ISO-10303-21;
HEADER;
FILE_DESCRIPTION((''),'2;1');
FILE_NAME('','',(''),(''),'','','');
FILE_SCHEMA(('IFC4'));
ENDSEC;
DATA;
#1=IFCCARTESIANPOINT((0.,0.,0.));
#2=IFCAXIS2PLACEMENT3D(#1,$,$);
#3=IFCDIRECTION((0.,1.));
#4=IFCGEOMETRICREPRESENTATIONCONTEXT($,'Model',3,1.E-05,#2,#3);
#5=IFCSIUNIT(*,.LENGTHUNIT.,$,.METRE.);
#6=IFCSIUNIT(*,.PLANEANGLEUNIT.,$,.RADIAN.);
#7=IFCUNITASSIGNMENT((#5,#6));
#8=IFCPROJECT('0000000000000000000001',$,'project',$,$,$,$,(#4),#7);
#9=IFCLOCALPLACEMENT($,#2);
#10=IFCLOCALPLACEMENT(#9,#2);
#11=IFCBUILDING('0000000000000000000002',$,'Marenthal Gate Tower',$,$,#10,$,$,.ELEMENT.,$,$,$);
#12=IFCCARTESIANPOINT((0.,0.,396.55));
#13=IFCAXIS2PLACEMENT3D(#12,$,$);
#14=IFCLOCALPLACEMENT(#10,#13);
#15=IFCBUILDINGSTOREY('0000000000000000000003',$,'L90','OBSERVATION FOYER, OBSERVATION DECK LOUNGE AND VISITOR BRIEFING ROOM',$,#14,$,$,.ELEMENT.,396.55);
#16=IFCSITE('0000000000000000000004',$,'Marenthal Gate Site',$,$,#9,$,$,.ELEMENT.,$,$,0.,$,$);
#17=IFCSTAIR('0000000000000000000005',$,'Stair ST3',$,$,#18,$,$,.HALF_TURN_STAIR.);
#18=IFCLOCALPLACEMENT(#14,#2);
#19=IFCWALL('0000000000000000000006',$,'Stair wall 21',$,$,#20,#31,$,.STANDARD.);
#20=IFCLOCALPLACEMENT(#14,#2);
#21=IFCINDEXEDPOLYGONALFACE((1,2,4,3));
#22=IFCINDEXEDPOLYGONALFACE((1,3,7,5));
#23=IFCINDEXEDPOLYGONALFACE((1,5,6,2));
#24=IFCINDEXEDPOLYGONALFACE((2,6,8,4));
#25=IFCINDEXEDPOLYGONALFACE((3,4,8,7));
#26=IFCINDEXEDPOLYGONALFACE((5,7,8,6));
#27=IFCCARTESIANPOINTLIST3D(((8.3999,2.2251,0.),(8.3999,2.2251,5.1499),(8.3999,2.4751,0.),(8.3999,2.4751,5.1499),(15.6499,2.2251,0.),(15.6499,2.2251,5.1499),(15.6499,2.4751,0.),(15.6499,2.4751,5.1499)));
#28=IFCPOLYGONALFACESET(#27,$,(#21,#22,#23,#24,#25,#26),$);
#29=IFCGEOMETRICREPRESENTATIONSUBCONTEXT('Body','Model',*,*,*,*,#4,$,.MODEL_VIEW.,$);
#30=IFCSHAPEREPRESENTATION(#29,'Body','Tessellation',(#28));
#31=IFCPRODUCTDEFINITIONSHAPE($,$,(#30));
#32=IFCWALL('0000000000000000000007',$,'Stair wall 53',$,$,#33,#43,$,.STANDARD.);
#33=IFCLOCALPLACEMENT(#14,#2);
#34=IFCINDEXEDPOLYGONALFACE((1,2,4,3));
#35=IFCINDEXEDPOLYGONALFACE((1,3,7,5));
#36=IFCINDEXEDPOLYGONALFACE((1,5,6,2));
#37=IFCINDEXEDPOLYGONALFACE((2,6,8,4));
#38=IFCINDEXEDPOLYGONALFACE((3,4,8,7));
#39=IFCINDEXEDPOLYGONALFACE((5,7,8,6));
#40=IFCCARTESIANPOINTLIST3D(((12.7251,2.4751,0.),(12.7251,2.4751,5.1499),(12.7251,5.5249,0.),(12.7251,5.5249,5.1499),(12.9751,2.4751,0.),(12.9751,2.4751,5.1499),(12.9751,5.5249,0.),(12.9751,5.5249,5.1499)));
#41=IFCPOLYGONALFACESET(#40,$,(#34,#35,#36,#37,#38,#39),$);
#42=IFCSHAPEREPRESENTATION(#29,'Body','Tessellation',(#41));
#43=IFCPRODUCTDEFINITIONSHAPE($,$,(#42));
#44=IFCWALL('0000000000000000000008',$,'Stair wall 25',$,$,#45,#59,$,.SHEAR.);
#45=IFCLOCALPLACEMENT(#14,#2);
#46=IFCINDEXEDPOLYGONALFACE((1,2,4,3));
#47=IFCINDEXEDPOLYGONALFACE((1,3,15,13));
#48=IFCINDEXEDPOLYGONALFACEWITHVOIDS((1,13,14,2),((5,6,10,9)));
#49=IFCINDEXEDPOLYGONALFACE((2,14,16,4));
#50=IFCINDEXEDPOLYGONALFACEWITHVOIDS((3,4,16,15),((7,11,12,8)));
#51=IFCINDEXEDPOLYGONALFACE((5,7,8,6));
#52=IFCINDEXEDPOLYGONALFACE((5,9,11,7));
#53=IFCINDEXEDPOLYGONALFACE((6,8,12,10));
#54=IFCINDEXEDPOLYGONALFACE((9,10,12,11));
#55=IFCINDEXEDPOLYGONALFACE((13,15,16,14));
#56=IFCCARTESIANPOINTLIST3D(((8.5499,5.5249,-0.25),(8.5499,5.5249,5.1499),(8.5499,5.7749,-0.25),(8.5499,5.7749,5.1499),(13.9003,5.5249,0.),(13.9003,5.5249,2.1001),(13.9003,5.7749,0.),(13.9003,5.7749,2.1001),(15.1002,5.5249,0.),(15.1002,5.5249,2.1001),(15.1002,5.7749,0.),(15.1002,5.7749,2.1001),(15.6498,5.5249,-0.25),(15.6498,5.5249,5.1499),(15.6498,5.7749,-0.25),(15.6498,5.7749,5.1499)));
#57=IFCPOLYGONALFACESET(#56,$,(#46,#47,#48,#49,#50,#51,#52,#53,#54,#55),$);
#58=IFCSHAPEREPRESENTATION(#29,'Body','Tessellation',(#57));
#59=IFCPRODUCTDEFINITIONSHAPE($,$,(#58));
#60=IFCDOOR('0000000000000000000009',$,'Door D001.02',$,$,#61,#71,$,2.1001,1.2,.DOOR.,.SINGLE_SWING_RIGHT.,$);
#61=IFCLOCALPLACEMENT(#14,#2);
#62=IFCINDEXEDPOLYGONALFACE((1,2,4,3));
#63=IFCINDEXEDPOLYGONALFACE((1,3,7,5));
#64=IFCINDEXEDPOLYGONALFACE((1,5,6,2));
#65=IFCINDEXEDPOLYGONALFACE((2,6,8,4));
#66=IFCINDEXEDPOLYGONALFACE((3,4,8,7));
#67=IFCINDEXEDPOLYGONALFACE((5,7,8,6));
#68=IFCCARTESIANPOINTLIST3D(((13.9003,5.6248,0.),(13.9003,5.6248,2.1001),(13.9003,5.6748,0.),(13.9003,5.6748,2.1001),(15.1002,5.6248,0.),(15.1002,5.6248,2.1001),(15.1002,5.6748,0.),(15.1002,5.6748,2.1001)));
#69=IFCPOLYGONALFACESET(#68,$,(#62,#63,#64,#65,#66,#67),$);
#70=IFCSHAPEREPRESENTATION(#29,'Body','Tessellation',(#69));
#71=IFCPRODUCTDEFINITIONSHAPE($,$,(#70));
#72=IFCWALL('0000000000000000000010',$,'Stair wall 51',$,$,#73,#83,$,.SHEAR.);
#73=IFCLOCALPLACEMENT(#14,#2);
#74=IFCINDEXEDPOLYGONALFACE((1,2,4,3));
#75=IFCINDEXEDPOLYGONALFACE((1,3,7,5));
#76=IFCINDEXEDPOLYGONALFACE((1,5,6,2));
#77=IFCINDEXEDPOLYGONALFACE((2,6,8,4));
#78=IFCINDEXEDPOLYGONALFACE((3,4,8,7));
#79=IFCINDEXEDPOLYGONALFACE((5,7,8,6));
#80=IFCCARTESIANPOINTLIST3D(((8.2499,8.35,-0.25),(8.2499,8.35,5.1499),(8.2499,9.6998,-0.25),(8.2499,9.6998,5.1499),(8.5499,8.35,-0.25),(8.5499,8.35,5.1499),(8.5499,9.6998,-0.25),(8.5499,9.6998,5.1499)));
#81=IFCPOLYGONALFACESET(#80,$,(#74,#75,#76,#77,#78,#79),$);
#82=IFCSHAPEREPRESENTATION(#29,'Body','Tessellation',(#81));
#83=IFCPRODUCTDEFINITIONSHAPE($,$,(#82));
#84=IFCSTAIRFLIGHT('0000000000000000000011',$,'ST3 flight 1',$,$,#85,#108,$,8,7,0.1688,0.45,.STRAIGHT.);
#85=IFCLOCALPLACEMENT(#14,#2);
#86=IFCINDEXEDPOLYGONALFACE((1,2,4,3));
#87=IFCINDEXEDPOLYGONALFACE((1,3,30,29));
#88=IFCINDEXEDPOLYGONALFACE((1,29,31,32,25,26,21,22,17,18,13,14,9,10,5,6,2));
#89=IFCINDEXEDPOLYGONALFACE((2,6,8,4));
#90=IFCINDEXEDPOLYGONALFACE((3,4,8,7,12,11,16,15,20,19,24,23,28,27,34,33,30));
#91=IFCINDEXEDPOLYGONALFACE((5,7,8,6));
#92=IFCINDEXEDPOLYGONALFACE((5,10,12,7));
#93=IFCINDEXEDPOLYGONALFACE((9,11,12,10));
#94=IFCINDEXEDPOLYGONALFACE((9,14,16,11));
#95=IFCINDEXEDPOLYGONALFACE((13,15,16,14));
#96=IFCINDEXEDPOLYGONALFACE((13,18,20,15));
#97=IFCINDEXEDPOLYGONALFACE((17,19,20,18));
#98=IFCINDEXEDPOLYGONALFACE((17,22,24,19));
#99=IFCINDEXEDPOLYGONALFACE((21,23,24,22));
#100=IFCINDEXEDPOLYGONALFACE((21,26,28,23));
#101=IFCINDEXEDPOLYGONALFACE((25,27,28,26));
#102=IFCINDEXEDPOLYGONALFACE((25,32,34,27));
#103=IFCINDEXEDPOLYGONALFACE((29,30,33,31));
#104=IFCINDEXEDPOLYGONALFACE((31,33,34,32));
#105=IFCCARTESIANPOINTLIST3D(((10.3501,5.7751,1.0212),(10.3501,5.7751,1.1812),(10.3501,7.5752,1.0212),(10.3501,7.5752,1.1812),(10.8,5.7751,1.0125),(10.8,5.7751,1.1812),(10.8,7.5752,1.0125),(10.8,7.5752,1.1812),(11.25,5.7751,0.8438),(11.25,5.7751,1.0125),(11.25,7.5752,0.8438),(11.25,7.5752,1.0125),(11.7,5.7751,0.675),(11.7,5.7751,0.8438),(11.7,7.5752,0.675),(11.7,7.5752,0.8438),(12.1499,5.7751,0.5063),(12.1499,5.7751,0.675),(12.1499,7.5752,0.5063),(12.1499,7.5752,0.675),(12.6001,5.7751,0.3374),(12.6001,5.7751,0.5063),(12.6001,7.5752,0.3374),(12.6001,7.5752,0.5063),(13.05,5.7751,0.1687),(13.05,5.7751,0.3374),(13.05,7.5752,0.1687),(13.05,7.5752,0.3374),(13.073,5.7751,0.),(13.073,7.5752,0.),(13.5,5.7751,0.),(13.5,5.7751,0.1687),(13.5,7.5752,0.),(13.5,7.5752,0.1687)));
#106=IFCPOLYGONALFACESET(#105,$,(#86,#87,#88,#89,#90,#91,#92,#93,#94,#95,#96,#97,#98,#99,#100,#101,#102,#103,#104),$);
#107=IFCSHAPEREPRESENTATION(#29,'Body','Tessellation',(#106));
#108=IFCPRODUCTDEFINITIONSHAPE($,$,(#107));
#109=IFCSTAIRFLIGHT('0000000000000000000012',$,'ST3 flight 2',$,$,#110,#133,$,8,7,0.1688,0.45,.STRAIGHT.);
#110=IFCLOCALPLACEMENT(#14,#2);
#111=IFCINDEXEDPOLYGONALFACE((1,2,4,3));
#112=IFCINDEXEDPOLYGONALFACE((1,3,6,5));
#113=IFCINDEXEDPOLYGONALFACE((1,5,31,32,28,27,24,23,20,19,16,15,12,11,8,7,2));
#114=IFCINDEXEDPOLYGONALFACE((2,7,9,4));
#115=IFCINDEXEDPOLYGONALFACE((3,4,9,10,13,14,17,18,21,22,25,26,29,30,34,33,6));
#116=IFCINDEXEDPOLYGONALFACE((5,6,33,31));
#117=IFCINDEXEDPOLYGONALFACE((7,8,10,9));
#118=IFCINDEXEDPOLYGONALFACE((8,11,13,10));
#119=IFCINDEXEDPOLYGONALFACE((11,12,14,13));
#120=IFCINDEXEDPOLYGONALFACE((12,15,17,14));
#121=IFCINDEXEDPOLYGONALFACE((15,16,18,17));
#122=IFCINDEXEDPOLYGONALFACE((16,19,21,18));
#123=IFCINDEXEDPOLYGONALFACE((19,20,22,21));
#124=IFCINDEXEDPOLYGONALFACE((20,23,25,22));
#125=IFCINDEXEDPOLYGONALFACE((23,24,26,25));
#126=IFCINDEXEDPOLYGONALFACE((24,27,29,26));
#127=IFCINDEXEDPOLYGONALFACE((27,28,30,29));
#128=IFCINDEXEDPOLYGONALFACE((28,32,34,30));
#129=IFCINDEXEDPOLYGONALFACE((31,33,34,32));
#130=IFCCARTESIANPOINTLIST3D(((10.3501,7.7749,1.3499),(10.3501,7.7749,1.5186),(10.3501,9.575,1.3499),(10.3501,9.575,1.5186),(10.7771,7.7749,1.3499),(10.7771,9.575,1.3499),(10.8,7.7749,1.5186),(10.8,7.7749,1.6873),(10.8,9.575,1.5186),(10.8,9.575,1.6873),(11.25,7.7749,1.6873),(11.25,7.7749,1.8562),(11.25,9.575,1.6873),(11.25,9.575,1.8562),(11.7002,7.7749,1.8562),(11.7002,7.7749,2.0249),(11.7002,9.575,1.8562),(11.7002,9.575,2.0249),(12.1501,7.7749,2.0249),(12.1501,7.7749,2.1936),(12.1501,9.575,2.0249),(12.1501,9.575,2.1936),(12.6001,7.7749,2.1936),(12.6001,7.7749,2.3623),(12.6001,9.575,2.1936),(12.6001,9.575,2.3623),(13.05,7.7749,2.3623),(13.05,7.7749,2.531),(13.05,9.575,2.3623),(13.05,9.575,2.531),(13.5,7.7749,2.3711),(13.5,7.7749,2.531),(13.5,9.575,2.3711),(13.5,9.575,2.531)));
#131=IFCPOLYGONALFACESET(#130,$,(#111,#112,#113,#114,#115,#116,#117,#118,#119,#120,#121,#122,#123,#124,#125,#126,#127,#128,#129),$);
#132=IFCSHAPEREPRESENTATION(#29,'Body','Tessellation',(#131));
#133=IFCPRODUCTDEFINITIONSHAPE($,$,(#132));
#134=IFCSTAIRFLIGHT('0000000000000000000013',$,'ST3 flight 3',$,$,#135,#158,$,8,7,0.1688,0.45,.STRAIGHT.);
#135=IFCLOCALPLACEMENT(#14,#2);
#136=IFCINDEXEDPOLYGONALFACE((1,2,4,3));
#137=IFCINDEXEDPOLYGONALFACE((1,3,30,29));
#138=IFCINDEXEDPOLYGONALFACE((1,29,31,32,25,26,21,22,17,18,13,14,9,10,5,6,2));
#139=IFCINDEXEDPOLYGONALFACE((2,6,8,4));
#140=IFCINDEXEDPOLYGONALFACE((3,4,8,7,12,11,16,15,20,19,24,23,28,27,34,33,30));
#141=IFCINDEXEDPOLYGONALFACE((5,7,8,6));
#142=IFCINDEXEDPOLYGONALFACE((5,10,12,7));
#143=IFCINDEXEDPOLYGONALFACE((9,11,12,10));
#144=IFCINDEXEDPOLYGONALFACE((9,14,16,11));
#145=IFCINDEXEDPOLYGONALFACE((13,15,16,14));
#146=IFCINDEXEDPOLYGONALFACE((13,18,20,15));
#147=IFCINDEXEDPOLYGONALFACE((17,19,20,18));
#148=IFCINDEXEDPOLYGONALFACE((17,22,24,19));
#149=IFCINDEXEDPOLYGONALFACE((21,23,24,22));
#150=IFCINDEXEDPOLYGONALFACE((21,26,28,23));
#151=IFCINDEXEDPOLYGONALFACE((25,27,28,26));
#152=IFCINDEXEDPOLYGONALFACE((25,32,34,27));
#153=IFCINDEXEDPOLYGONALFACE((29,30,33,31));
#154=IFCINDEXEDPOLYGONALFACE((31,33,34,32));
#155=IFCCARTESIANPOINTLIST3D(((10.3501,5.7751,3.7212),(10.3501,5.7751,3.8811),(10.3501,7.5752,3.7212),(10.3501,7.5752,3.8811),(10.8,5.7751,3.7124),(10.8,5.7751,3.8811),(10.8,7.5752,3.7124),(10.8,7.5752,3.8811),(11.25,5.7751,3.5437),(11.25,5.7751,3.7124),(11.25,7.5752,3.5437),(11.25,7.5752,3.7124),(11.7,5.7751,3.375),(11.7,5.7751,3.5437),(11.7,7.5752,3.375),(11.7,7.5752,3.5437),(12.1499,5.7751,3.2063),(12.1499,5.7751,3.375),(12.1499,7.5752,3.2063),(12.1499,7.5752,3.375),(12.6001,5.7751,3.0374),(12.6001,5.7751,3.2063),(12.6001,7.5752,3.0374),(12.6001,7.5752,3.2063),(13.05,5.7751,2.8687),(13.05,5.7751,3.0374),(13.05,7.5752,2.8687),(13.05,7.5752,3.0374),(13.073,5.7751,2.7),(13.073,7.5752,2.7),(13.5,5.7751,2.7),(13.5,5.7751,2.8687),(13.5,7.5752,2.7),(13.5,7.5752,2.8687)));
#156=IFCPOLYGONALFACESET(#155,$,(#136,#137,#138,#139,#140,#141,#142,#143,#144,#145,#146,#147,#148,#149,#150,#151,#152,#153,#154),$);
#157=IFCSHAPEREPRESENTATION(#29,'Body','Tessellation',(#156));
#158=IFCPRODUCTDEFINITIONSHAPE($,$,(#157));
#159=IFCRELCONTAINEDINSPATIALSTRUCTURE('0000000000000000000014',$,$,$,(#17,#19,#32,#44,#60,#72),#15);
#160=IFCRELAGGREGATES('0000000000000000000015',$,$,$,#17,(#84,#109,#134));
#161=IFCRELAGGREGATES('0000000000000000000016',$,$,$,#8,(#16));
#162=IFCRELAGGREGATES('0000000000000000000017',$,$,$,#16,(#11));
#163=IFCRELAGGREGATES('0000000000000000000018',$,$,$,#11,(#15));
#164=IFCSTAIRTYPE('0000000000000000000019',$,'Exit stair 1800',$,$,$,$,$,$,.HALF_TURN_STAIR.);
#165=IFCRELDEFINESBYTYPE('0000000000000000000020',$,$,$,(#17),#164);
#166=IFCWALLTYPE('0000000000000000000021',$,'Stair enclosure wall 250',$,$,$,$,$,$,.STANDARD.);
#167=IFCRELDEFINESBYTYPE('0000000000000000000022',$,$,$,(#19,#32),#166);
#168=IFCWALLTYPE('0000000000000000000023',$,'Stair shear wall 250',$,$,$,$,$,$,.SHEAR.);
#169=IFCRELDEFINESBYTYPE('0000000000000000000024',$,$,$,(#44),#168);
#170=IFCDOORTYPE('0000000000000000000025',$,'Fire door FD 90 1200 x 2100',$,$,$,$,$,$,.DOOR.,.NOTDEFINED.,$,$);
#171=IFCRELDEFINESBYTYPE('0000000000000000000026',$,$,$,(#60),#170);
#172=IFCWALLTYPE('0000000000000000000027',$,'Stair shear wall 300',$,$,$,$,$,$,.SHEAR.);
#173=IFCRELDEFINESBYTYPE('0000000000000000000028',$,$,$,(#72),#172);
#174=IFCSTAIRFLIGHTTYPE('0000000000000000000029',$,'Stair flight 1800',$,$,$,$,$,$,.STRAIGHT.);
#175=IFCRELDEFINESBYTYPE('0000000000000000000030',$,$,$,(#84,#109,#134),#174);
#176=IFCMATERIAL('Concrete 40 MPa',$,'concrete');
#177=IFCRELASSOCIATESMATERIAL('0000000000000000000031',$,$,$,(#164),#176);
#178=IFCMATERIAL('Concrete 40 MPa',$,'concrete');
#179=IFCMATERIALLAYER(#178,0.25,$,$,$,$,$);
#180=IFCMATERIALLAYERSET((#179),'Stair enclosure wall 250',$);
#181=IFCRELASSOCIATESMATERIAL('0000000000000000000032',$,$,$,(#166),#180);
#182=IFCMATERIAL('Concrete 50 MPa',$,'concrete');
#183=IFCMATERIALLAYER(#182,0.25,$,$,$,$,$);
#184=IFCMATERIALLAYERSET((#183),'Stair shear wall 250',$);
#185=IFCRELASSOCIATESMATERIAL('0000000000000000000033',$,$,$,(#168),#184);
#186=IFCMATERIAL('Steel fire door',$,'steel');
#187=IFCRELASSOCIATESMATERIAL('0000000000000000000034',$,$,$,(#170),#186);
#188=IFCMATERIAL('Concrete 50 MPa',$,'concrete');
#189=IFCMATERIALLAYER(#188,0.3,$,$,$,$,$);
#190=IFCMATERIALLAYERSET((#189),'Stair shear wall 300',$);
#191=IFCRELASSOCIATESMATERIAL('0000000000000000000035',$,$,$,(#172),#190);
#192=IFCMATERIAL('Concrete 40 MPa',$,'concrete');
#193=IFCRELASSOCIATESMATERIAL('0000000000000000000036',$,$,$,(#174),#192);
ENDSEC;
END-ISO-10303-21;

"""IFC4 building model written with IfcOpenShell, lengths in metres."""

from ifc_helpers import new_model, si_unit, direction, frame, frame_2d, origin, place, context, subcontext, project, spatial, polyline, rectangle, outline, extrude, material, layer, layer_set, type_object, element, fill, aggregate, save


model = new_model("IFC4")

# Units and contexts
model_context = context("Model", 3, precision=1e-05, world=origin(), true_north=direction((0.0, 1.0)))
body_context = subcontext(model_context, "Body", "Model", "MODEL_VIEW")
ifc_project = project(units=[si_unit("LENGTHUNIT", "METRE"), si_unit("PLANEANGLEUNIT", "RADIAN")], contexts=[model_context])

# Site, building, storey
site_placement = place(None, origin())
site = spatial("IfcSite", under=ifc_project, at=site_placement, Name="Marenthal Gate Site", CompositionType="ELEMENT", RefElevation=0.0)
building_placement = place(site_placement, origin())
building = spatial("IfcBuilding", under=site, at=building_placement, Name="Marenthal Gate Tower", CompositionType="ELEMENT")
storey_placement = place(building_placement, frame((0.0, 0.0, 396.55)))
storey = spatial("IfcBuildingStorey", under=building, at=storey_placement, Name="L90", Description="OBSERVATION FOYER, OBSERVATION DECK LOUNGE AND VISITOR BRIEFING ROOM", CompositionType="ELEMENT", Elevation=396.55)

# Stair
ifc_material_1 = material(Name="Concrete 40 MPa", Category="concrete")
stair_type = type_object("IfcStairType", Name="Exit stair 1800", PredefinedType="HALF_TURN_STAIR", material=ifc_material_1)
stair_placement = place(storey_placement, origin())
stair = element("IfcStair", 1, at=stair_placement, inside=storey, type_object=stair_type, Name="Stair ST3", PredefinedType="HALF_TURN_STAIR")

# Walls
ifc_material_2 = material(Name="Concrete 40 MPa", Category="concrete")
ifc_layer_1 = layer(ifc_material_2, 0.25)
ifc_layer_set_1 = layer_set([ifc_layer_1], Name="Stair enclosure wall 250")
wall_type_1 = type_object("IfcWallType", Name="Stair enclosure wall 250", PredefinedType="STANDARD", material=ifc_layer_set_1)
wall_1_placement = place(storey_placement, frame((8.3999, 2.3501, 0.0), z_axis=(0.0, 0.0, 1.0), x_axis=(1.0, 0.0, 0.0)))
element("IfcWall", 2, at=wall_1_placement, inside=storey, type_object=wall_type_1, Name="Stair wall 21", PredefinedType="STANDARD", context=body_context, shape_type="SweptSolid", body=[
    extrude(rectangle(XDim=7.25, YDim=0.25, at=frame_2d((3.625, 0.0))), origin(), (0.0, 0.0, 1.0), 5.1499),
])
wall_2_placement = place(storey_placement, frame((12.8501, 2.4751, 0.0), z_axis=(0.0, 0.0, 1.0), x_axis=(0.0, 1.0, 0.0)))
element("IfcWall", 3, at=wall_2_placement, inside=storey, type_object=wall_type_1, Name="Stair wall 53", PredefinedType="STANDARD", context=body_context, shape_type="SweptSolid", body=[
    extrude(rectangle(XDim=3.0498, YDim=0.25, at=frame_2d((1.5249, 0.0))), origin(), (0.0, 0.0, 1.0), 5.1499),
])

# Wall, opening, door
ifc_material_3 = material(Name="Concrete 50 MPa", Category="concrete")
ifc_layer_2 = layer(ifc_material_3, 0.25)
ifc_layer_set_2 = layer_set([ifc_layer_2], Name="Stair shear wall 250")
wall_type_2 = type_object("IfcWallType", Name="Stair shear wall 250", PredefinedType="SHEAR", material=ifc_layer_set_2)
wall_3_placement = place(storey_placement, frame((8.55, 5.6499, -0.25), z_axis=(0.0, 0.0, 1.0), x_axis=(1.0, 0.0, 0.0)))
wall_3 = element("IfcWall", 4, at=wall_3_placement, inside=storey, type_object=wall_type_2, Name="Stair wall 25", PredefinedType="SHEAR", context=body_context, shape_type="SweptSolid", body=[
    extrude(rectangle(XDim=7.0999, YDim=0.25, at=frame_2d((3.5498, 0.0))), origin(), (0.0, 0.0, 1.0), 5.3999),
])
opening_1_placement = place(wall_3_placement, frame((5.3501, 0.0, 0.25)))
opening_1 = element("IfcOpeningElement", 5, at=opening_1_placement, cuts=wall_3, PredefinedType="OPENING", context=body_context, shape_type="SweptSolid", body=[
    extrude(rectangle(XDim=1.2, YDim=2.1001, at=frame_2d((0.6001, 1.05))), frame((0.0, 0.135, 0.0), z_axis=(0.0, -1.0, 0.0), x_axis=(1.0, 0.0, 0.0)), (0.0, 0.0, 1.0), 0.27),
])
ifc_material_4 = material(Name="Steel fire door", Category="steel")
door_type_1 = type_object("IfcDoorType", Name="Fire door FD 90 1200 x 2100", OperationType="NOTDEFINED", PredefinedType="DOOR", material=ifc_material_4)
door_1_placement = place(opening_1_placement, origin())
door_1 = element("IfcDoor", 6, at=door_1_placement, inside=storey, type_object=door_type_1, Name="Door D001.02", OperationType="SINGLE_SWING_RIGHT", OverallHeight=2.1001, OverallWidth=1.2, PredefinedType="DOOR", context=body_context, shape_type="SweptSolid", body=[
    extrude(rectangle(XDim=1.2, YDim=2.1001, at=frame_2d((0.6001, 1.05))), frame((0.0, 0.0249, 0.0), z_axis=(0.0, -1.0, 0.0), x_axis=(1.0, 0.0, 0.0)), (0.0, 0.0, 1.0), 0.05),
])
fill(opening_1, door_1)

# Wall
ifc_material_5 = material(Name="Concrete 50 MPa", Category="concrete")
ifc_layer_3 = layer(ifc_material_5, 0.3)
ifc_layer_set_3 = layer_set([ifc_layer_3], Name="Stair shear wall 300")
wall_type_3 = type_object("IfcWallType", Name="Stair shear wall 300", PredefinedType="SHEAR", material=ifc_layer_set_3)
wall_4_placement = place(storey_placement, frame((8.3999, 8.3501, -0.25), z_axis=(0.0, 0.0, 1.0), x_axis=(0.0, 1.0, 0.0)))
element("IfcWall", 7, at=wall_4_placement, inside=storey, type_object=wall_type_3, Name="Stair wall 51", PredefinedType="SHEAR", context=body_context, shape_type="SweptSolid", body=[
    extrude(rectangle(XDim=1.3499, YDim=0.3, at=frame_2d((0.6748, 0.0))), origin(), (0.0, 0.0, 1.0), 5.3999),
])

# Stair flights
ifc_material_6 = material(Name="Concrete 40 MPa", Category="concrete")
stair_flight_type = type_object("IfcStairFlightType", Name="Stair flight 1800", PredefinedType="STRAIGHT", material=ifc_material_6)
stair_flight_1_placement = place(storey_placement, frame((13.5, 6.675, 0.0), z_axis=(0.0, 0.0, 1.0), x_axis=(-1.0, 0.0, 0.0)))
stair_flight_1 = element("IfcStairFlight", 8, at=stair_flight_1_placement, type_object=stair_flight_type, Name="ST3 flight 1", NumberOfRisers=8, NumberOfTreads=7, PredefinedType="STRAIGHT", RiserHeight=0.1688, TreadLength=0.45, context=body_context, shape_type="SweptSolid", body=[
    extrude(outline(polyline([(0.0, 0.0), (0.0, 0.1687), (0.45, 0.1687), (0.45, 0.3374), (0.8999, 0.3374), (0.8999, 0.5063), (1.3501, 0.5063), (1.3501, 0.675), (1.8, 0.675), (1.8, 0.8438), (2.25, 0.8438), (2.25, 1.0125), (2.7, 1.0125), (2.7, 1.1812), (3.1499, 1.1812), (3.1499, 1.3501), (3.1499, 1.0212), (0.427, 0.0), (0.0, 0.0)])), frame((0.0, 0.8999, 0.0), z_axis=(0.0, -1.0, 0.0), x_axis=(1.0, 0.0, 0.0)), (0.0, 0.0, 1.0), 1.8),
])
stair_flight_2_placement = place(storey_placement, frame((10.3501, 8.675, 1.3499), z_axis=(0.0, 0.0, 1.0), x_axis=(1.0, 0.0, 0.0)))
stair_flight_2 = element("IfcStairFlight", 9, at=stair_flight_2_placement, type_object=stair_flight_type, Name="ST3 flight 2", NumberOfRisers=8, NumberOfTreads=7, PredefinedType="STRAIGHT", RiserHeight=0.1688, TreadLength=0.45, context=body_context, shape_type="SweptSolid", body=[
    extrude(outline(polyline([(0.0, 0.0), (0.0, 0.1687), (0.45, 0.1687), (0.45, 0.3374), (0.8999, 0.3374), (0.8999, 0.5063), (1.3501, 0.5063), (1.3501, 0.675), (1.8, 0.675), (1.8, 0.8438), (2.25, 0.8438), (2.25, 1.0125), (2.7, 1.0125), (2.7, 1.1812), (3.1499, 1.1812), (3.1499, 1.3501), (3.1499, 1.0212), (0.427, 0.0), (0.0, 0.0)])), frame((0.0, 0.8999, 0.0), z_axis=(0.0, -1.0, 0.0), x_axis=(1.0, 0.0, 0.0)), (0.0, 0.0, 1.0), 1.8),
])
stair_flight_3_placement = place(storey_placement, frame((13.5, 6.675, 2.7), z_axis=(0.0, 0.0, 1.0), x_axis=(-1.0, 0.0, 0.0)))
stair_flight_3 = element("IfcStairFlight", 10, at=stair_flight_3_placement, type_object=stair_flight_type, Name="ST3 flight 3", NumberOfRisers=8, NumberOfTreads=7, PredefinedType="STRAIGHT", RiserHeight=0.1688, TreadLength=0.45, context=body_context, shape_type="SweptSolid", body=[
    extrude(outline(polyline([(0.0, 0.0), (0.0, 0.1687), (0.45, 0.1687), (0.45, 0.3374), (0.8999, 0.3374), (0.8999, 0.5063), (1.3501, 0.5063), (1.3501, 0.675), (1.8, 0.675), (1.8, 0.8438), (2.25, 0.8438), (2.25, 1.0125), (2.7, 1.0125), (2.7, 1.1812), (3.1499, 1.1812), (3.1499, 1.3501), (3.1499, 1.0212), (0.427, 0.0), (0.0, 0.0)])), frame((0.0, 0.8999, 0.0), z_axis=(0.0, -1.0, 0.0), x_axis=(1.0, 0.0, 0.0)), (0.0, 0.0, 1.0), 1.8),
])
aggregate(stair, [stair_flight_1, stair_flight_2, stair_flight_3])

save(model, "model.ifc")
